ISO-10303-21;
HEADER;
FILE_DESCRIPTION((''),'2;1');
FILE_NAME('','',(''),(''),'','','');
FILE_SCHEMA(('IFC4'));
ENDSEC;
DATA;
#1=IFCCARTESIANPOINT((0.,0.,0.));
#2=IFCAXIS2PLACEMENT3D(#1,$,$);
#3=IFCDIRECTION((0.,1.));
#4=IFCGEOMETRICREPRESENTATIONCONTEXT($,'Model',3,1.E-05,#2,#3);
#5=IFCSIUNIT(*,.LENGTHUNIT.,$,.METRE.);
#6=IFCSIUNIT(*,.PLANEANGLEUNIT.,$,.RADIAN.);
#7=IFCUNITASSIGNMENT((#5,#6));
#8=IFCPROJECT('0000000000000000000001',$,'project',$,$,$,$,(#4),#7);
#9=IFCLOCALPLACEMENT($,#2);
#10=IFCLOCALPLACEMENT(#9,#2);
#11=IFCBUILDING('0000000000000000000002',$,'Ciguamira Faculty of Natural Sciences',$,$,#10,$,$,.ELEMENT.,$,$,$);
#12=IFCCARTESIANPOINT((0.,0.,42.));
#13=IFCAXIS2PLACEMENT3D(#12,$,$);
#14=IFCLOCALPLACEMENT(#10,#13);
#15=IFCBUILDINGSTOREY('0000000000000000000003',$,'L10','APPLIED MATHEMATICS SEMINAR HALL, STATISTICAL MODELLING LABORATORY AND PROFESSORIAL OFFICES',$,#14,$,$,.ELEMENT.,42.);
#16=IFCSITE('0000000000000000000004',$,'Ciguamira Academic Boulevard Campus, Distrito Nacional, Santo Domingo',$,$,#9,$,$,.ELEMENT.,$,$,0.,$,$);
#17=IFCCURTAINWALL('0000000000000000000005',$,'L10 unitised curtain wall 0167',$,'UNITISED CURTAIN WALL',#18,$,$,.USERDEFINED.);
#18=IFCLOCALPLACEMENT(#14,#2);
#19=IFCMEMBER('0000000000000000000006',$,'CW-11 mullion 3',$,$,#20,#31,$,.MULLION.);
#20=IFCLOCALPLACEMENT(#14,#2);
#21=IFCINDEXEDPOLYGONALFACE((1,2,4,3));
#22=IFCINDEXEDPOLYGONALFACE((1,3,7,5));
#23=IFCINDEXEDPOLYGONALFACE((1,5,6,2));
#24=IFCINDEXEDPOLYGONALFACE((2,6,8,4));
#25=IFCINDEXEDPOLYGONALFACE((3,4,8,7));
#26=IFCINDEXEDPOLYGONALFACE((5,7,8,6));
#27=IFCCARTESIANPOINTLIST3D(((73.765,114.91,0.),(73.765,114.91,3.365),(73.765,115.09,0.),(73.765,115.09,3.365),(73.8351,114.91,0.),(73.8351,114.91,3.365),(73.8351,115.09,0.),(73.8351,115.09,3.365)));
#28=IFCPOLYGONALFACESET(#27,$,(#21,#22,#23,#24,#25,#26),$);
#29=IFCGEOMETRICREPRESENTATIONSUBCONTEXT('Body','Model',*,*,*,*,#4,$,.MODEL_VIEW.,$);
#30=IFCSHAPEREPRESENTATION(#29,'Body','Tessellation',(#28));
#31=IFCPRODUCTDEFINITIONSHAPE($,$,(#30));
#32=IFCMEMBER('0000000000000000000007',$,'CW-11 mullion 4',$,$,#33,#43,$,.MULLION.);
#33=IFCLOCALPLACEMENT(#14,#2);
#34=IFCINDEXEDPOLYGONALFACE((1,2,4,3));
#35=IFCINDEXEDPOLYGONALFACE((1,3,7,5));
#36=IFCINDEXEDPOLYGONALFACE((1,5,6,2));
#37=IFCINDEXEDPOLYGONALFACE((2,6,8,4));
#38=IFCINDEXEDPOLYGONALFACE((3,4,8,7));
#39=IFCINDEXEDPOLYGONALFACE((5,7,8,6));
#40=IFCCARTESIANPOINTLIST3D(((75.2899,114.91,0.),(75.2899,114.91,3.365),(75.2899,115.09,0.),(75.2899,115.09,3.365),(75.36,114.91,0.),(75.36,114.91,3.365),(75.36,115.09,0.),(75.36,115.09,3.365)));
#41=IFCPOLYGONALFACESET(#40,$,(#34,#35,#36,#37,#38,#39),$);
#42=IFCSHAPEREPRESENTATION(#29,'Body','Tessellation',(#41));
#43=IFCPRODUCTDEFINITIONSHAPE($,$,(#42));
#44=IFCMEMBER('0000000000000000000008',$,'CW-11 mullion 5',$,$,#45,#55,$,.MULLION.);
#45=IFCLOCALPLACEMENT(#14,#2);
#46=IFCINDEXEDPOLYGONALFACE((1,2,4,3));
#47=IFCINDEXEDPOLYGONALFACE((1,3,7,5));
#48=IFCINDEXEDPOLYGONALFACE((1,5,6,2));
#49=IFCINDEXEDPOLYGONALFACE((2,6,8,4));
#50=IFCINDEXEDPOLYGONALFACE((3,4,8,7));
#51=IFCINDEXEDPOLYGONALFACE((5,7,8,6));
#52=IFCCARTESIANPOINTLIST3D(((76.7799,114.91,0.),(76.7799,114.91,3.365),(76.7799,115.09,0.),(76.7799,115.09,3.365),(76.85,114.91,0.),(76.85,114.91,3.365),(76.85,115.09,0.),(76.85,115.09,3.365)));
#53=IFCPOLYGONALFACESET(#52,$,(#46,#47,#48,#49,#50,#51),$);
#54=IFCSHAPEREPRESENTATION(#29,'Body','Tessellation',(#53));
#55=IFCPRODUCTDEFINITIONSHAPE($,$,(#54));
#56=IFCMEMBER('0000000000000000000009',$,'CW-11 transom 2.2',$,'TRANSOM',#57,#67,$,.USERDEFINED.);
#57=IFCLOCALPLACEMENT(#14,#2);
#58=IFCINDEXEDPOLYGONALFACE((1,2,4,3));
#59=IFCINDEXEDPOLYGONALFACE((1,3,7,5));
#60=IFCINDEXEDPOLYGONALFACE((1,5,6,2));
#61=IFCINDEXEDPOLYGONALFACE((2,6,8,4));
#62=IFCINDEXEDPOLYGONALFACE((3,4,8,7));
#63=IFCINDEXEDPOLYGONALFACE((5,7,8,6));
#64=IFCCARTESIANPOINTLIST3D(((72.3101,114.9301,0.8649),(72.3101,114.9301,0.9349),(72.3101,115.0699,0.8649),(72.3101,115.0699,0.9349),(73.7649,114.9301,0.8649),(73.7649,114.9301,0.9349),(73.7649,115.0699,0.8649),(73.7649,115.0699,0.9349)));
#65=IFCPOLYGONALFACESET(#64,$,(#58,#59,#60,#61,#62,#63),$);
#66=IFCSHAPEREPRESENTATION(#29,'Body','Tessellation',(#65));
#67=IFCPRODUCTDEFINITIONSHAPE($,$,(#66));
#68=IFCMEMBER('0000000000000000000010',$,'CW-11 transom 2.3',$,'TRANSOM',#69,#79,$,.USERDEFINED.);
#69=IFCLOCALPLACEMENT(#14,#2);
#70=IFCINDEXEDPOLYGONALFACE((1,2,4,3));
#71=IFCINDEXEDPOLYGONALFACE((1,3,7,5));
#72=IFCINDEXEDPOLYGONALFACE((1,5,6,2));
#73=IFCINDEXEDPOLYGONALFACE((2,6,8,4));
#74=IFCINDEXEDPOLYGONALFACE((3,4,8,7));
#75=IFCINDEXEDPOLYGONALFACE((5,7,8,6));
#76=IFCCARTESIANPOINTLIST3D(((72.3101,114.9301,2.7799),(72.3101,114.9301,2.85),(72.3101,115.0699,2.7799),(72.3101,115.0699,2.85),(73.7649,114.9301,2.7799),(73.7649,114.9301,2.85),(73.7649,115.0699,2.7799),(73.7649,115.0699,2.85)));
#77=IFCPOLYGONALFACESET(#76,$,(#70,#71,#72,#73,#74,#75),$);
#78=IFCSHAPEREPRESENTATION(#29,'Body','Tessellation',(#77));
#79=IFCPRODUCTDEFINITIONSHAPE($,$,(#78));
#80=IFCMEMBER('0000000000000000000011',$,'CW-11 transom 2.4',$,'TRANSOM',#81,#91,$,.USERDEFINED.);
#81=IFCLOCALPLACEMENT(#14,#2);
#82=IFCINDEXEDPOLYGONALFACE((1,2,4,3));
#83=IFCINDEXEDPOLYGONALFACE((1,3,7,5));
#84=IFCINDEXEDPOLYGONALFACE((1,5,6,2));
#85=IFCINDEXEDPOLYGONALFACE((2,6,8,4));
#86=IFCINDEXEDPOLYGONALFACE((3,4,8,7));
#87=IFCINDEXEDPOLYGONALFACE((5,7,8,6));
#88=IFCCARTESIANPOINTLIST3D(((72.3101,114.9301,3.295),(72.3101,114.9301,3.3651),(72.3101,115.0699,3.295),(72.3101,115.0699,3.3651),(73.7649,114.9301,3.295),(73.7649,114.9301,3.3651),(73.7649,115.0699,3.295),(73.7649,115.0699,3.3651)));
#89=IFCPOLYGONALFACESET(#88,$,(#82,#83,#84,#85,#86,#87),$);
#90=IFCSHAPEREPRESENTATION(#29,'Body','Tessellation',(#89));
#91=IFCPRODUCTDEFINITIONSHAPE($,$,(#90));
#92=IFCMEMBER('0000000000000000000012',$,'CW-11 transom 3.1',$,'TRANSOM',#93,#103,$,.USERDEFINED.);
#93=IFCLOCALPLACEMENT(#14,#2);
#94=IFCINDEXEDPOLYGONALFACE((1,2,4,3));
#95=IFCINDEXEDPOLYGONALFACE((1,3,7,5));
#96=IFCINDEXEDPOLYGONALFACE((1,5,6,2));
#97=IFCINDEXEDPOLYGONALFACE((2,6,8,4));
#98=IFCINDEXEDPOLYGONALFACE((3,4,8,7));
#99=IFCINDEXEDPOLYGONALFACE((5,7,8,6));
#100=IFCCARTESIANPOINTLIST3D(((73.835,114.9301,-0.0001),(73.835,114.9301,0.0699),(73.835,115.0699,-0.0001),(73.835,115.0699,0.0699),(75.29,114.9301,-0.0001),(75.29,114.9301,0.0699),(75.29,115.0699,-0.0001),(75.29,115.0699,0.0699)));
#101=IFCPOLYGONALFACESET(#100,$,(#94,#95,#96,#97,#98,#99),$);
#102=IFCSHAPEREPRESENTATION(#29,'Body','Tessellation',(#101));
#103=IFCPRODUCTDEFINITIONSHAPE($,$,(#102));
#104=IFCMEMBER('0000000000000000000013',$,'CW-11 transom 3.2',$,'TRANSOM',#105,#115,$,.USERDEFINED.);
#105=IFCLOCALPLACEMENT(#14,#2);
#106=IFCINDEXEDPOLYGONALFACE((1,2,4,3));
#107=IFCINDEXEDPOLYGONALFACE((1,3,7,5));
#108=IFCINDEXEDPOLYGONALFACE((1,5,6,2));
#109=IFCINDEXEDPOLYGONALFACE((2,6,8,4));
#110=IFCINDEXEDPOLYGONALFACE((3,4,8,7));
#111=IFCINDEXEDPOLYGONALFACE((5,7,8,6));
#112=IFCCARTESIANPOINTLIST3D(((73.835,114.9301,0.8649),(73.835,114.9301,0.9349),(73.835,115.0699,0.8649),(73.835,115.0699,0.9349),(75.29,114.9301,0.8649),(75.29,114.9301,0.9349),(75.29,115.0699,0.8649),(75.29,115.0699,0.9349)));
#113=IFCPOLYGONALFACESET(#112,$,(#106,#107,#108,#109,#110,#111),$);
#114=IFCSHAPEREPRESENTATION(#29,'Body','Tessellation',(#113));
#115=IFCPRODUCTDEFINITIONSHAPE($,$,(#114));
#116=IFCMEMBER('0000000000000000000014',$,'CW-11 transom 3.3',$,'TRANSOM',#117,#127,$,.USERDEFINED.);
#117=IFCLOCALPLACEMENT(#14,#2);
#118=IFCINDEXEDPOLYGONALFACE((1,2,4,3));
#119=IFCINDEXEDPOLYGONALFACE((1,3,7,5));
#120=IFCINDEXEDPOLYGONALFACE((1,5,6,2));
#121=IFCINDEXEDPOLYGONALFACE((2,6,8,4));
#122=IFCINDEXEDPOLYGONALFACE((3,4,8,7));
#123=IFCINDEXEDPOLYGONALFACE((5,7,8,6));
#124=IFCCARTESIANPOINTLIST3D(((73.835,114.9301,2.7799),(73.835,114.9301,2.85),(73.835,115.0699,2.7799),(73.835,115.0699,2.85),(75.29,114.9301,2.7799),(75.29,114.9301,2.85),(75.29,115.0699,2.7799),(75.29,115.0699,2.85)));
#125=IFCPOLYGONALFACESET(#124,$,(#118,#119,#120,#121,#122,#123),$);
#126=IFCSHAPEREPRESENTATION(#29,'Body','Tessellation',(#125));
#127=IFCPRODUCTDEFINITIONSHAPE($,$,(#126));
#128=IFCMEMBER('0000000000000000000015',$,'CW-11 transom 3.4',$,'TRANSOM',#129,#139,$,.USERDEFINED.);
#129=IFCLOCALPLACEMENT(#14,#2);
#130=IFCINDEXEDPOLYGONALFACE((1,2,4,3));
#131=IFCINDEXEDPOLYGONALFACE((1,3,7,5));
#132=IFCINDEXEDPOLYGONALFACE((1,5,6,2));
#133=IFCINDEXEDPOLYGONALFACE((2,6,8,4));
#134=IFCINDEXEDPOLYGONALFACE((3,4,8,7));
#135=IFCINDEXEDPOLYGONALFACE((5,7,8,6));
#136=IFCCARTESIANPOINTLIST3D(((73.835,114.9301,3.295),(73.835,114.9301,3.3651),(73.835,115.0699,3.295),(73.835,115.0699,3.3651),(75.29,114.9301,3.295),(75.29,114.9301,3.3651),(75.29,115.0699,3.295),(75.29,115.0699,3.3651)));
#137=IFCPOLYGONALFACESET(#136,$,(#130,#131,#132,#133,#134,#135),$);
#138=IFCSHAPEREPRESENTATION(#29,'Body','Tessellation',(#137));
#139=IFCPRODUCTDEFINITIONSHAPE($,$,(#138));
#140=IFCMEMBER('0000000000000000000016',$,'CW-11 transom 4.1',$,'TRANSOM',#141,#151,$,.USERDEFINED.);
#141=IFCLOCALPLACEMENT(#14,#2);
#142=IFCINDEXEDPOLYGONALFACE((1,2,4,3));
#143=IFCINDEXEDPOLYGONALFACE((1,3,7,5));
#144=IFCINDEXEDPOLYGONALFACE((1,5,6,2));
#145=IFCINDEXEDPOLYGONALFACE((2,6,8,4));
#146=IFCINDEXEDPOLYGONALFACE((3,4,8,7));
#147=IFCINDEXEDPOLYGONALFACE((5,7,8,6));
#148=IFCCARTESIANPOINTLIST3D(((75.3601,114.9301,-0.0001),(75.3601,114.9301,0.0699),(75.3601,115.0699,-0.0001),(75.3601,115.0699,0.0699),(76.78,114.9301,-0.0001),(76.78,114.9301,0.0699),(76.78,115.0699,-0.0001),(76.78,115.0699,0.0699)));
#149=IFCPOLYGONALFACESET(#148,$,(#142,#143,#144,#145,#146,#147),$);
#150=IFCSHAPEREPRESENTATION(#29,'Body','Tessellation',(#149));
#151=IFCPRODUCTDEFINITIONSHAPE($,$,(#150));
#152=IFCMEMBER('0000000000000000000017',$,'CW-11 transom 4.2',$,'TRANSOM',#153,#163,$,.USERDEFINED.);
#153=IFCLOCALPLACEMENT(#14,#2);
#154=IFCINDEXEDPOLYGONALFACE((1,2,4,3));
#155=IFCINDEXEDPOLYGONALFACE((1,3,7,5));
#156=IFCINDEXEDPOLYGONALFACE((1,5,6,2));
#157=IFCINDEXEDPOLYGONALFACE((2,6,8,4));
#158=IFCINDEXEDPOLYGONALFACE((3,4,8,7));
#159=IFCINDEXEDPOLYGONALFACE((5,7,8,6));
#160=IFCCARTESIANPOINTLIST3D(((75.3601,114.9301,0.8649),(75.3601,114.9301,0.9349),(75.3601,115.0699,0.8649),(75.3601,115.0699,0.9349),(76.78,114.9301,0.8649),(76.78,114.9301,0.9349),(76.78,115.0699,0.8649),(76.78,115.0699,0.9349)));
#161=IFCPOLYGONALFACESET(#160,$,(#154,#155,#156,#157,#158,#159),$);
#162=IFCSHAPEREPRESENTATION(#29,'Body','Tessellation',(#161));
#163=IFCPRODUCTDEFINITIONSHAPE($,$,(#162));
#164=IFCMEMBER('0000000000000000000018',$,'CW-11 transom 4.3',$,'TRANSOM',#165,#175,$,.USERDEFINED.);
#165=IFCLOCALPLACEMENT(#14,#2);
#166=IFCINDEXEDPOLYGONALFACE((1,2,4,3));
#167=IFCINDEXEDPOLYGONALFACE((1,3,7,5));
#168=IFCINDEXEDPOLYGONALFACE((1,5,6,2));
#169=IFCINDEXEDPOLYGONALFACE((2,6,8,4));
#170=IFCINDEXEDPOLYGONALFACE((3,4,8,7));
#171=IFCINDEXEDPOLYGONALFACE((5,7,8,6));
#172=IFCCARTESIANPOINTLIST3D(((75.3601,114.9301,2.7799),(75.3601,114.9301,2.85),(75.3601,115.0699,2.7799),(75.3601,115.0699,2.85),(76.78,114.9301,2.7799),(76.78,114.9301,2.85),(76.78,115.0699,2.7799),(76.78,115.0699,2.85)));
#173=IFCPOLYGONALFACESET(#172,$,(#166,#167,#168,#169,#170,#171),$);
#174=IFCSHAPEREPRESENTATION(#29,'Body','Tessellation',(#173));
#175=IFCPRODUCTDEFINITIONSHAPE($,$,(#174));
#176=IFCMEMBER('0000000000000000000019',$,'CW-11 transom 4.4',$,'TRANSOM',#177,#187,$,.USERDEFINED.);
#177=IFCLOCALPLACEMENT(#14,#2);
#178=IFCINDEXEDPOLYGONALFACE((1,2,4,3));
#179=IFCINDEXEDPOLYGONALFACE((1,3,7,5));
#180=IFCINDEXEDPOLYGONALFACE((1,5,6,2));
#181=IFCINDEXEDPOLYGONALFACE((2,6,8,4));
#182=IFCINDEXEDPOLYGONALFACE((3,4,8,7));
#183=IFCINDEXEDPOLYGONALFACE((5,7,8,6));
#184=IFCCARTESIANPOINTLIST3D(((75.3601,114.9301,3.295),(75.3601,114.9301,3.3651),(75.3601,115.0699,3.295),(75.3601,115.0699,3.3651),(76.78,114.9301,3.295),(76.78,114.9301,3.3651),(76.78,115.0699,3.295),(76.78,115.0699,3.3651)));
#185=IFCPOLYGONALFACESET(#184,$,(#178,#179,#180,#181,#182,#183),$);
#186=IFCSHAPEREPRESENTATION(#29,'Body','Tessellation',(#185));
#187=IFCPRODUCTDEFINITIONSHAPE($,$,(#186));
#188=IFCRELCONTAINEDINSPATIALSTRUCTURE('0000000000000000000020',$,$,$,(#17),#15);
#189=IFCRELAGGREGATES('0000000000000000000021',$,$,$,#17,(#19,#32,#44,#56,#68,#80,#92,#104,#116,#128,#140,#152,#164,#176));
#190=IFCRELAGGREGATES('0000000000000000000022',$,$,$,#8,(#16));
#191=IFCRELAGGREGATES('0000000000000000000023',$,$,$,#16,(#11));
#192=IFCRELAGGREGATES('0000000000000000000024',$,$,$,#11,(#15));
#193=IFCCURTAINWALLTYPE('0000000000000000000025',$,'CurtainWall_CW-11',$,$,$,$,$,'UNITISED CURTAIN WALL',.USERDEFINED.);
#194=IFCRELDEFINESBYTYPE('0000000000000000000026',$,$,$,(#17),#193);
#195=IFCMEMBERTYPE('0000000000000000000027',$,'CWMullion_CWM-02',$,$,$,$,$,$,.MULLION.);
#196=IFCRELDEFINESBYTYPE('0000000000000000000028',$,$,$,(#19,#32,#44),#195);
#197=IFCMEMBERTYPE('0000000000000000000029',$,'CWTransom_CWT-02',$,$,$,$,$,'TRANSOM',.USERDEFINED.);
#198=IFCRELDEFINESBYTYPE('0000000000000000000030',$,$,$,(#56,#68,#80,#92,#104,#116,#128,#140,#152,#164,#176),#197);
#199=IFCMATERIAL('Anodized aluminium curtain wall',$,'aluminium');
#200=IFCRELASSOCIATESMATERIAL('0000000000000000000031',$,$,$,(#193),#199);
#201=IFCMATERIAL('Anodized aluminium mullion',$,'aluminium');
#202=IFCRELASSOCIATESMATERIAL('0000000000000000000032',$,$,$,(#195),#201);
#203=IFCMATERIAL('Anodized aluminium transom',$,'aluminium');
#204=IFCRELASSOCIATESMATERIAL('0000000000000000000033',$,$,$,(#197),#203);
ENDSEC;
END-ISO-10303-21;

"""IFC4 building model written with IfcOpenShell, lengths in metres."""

from ifc_helpers import new_model, si_unit, direction, frame, origin, origin_2d, place, context, subcontext, project, spatial, rectangle, extrude, material, material_profile, profile_set, type_object, element, aggregate, save


model = new_model("IFC4")

# Units and contexts
model_context = context("Model", 3, precision=1e-05, world=origin(), true_north=direction((0.0, 1.0)))
body_context = subcontext(model_context, "Body", "Model", "MODEL_VIEW")
ifc_project = project(units=[si_unit("LENGTHUNIT", "METRE"), si_unit("PLANEANGLEUNIT", "RADIAN")], contexts=[model_context])

# Site, building, storey
site_placement = place(None, origin())
site = spatial("IfcSite", under=ifc_project, at=site_placement, Name="Ciguamira Academic Boulevard Campus, Distrito Nacional, Santo Domingo", CompositionType="ELEMENT", RefElevation=0.0)
building_placement = place(site_placement, origin())
building = spatial("IfcBuilding", under=site, at=building_placement, Name="Ciguamira Faculty of Natural Sciences", CompositionType="ELEMENT")
storey_placement = place(building_placement, frame((0.0, 0.0, 42.0)))
storey = spatial("IfcBuildingStorey", under=building, at=storey_placement, Name="L10", Description="APPLIED MATHEMATICS SEMINAR HALL, STATISTICAL MODELLING LABORATORY AND PROFESSORIAL OFFICES", CompositionType="ELEMENT", Elevation=42.0)

# Curtain wall, members
ifc_material_1 = material(Name="Anodized aluminium curtain wall", Category="aluminium")
curtain_wall_type = type_object("IfcCurtainWallType", Name="CurtainWall_CW-11", ElementType="UNITISED CURTAIN WALL", PredefinedType="USERDEFINED", material=ifc_material_1)
curtain_wall_placement = place(storey_placement, origin())
curtain_wall = element("IfcCurtainWall", 1, at=curtain_wall_placement, inside=storey, type_object=curtain_wall_type, Name="L10 unitised curtain wall 0167", ObjectType="UNITISED CURTAIN WALL", PredefinedType="USERDEFINED")
ifc_material_2 = material(Name="Anodized aluminium mullion", Category="aluminium")
ifc_material_profile_1 = material_profile(ifc_material_2, rectangle(XDim=0.0701, YDim=0.1799, at=origin_2d()), Name="ALU-MUL-70X180")
ifc_profile_set_1 = profile_set([ifc_material_profile_1], Name="Anodized aluminium mullion")
member_type_1 = type_object("IfcMemberType", Name="CWMullion_CWM-02", PredefinedType="MULLION", material=ifc_profile_set_1)
member_1_placement = place(storey_placement, frame((73.8, 115.0, 0.0), z_axis=(0.0, 0.0, 1.0), x_axis=(1.0, 0.0, 0.0)))
member_1 = element("IfcMember", 2, at=member_1_placement, type_object=member_type_1, Name="CW-11 mullion 3", PredefinedType="MULLION", context=body_context, shape_type="SweptSolid", body=[
    extrude(rectangle(XDim=0.0701, YDim=0.1799, at=origin_2d()), origin(), (0.0, 0.0, 1.0), 3.365),
])
member_2_placement = place(storey_placement, frame((75.325, 115.0, 0.0), z_axis=(0.0, 0.0, 1.0), x_axis=(1.0, 0.0, 0.0)))
member_2 = element("IfcMember", 3, at=member_2_placement, type_object=member_type_1, Name="CW-11 mullion 4", PredefinedType="MULLION", context=body_context, shape_type="SweptSolid", body=[
    extrude(rectangle(XDim=0.0701, YDim=0.1799, at=origin_2d()), origin(), (0.0, 0.0, 1.0), 3.365),
])
member_3_placement = place(storey_placement, frame((76.8149, 115.0, 0.0), z_axis=(0.0, 0.0, 1.0), x_axis=(1.0, 0.0, 0.0)))
member_3 = element("IfcMember", 4, at=member_3_placement, type_object=member_type_1, Name="CW-11 mullion 5", PredefinedType="MULLION", context=body_context, shape_type="SweptSolid", body=[
    extrude(rectangle(XDim=0.0701, YDim=0.1799, at=origin_2d()), origin(), (0.0, 0.0, 1.0), 3.365),
])
ifc_material_3 = material(Name="Anodized aluminium transom", Category="aluminium")
ifc_material_profile_2 = material_profile(ifc_material_3, rectangle(XDim=0.0701, YDim=0.1399, at=origin_2d()), Name="ALU-TRN-70X140")
ifc_profile_set_2 = profile_set([ifc_material_profile_2], Name="Anodized aluminium transom")
member_type_2 = type_object("IfcMemberType", Name="CWTransom_CWT-02", ElementType="TRANSOM", PredefinedType="USERDEFINED", material=ifc_profile_set_2)
member_4_placement = place(storey_placement, frame((72.3101, 115.0, 0.8999), z_axis=(1.0, 0.0, 0.0), x_axis=(0.0, 0.0, 1.0)))
member_4 = element("IfcMember", 5, at=member_4_placement, type_object=member_type_2, Name="CW-11 transom 2.2", ObjectType="TRANSOM", PredefinedType="USERDEFINED", context=body_context, shape_type="SweptSolid", body=[
    extrude(rectangle(XDim=0.0701, YDim=0.1399, at=origin_2d()), origin(), (0.0, 0.0, 1.0), 1.4548),
])
member_5_placement = place(storey_placement, frame((72.3101, 115.0, 2.8149), z_axis=(1.0, 0.0, 0.0), x_axis=(0.0, 0.0, 1.0)))
member_5 = element("IfcMember", 6, at=member_5_placement, type_object=member_type_2, Name="CW-11 transom 2.3", ObjectType="TRANSOM", PredefinedType="USERDEFINED", context=body_context, shape_type="SweptSolid", body=[
    extrude(rectangle(XDim=0.0701, YDim=0.1399, at=origin_2d()), origin(), (0.0, 0.0, 1.0), 1.4548),
])
member_6_placement = place(storey_placement, frame((72.3101, 115.0, 3.3301), z_axis=(1.0, 0.0, 0.0), x_axis=(0.0, 0.0, 1.0)))
member_6 = element("IfcMember", 7, at=member_6_placement, type_object=member_type_2, Name="CW-11 transom 2.4", ObjectType="TRANSOM", PredefinedType="USERDEFINED", context=body_context, shape_type="SweptSolid", body=[
    extrude(rectangle(XDim=0.0701, YDim=0.1399, at=origin_2d()), origin(), (0.0, 0.0, 1.0), 1.4548),
])
member_7_placement = place(storey_placement, frame((73.835, 115.0, 0.0349), z_axis=(1.0, 0.0, 0.0), x_axis=(0.0, 0.0, 1.0)))
member_7 = element("IfcMember", 8, at=member_7_placement, type_object=member_type_2, Name="CW-11 transom 3.1", ObjectType="TRANSOM", PredefinedType="USERDEFINED", context=body_context, shape_type="SweptSolid", body=[
    extrude(rectangle(XDim=0.0701, YDim=0.1399, at=origin_2d()), origin(), (0.0, 0.0, 1.0), 1.4551),
])
member_8_placement = place(storey_placement, frame((73.835, 115.0, 0.8999), z_axis=(1.0, 0.0, 0.0), x_axis=(0.0, 0.0, 1.0)))
member_8 = element("IfcMember", 9, at=member_8_placement, type_object=member_type_2, Name="CW-11 transom 3.2", ObjectType="TRANSOM", PredefinedType="USERDEFINED", context=body_context, shape_type="SweptSolid", body=[
    extrude(rectangle(XDim=0.0701, YDim=0.1399, at=origin_2d()), origin(), (0.0, 0.0, 1.0), 1.4551),
])
member_9_placement = place(storey_placement, frame((73.835, 115.0, 2.8149), z_axis=(1.0, 0.0, 0.0), x_axis=(0.0, 0.0, 1.0)))
member_9 = element("IfcMember", 10, at=member_9_placement, type_object=member_type_2, Name="CW-11 transom 3.3", ObjectType="TRANSOM", PredefinedType="USERDEFINED", context=body_context, shape_type="SweptSolid", body=[
    extrude(rectangle(XDim=0.0701, YDim=0.1399, at=origin_2d()), origin(), (0.0, 0.0, 1.0), 1.4551),
])
member_10_placement = place(storey_placement, frame((73.835, 115.0, 3.3301), z_axis=(1.0, 0.0, 0.0), x_axis=(0.0, 0.0, 1.0)))
member_10 = element("IfcMember", 11, at=member_10_placement, type_object=member_type_2, Name="CW-11 transom 3.4", ObjectType="TRANSOM", PredefinedType="USERDEFINED", context=body_context, shape_type="SweptSolid", body=[
    extrude(rectangle(XDim=0.0701, YDim=0.1399, at=origin_2d()), origin(), (0.0, 0.0, 1.0), 1.4551),
])
member_11_placement = place(storey_placement, frame((75.3601, 115.0, 0.0349), z_axis=(1.0, 0.0, 0.0), x_axis=(0.0, 0.0, 1.0)))
member_11 = element("IfcMember", 12, at=member_11_placement, type_object=member_type_2, Name="CW-11 transom 4.1", ObjectType="TRANSOM", PredefinedType="USERDEFINED", context=body_context, shape_type="SweptSolid", body=[
    extrude(rectangle(XDim=0.0701, YDim=0.1399, at=origin_2d()), origin(), (0.0, 0.0, 1.0), 1.4199),
])
member_12_placement = place(storey_placement, frame((75.3601, 115.0, 0.8999), z_axis=(1.0, 0.0, 0.0), x_axis=(0.0, 0.0, 1.0)))
member_12 = element("IfcMember", 13, at=member_12_placement, type_object=member_type_2, Name="CW-11 transom 4.2", ObjectType="TRANSOM", PredefinedType="USERDEFINED", context=body_context, shape_type="SweptSolid", body=[
    extrude(rectangle(XDim=0.0701, YDim=0.1399, at=origin_2d()), origin(), (0.0, 0.0, 1.0), 1.4199),
])
member_13_placement = place(storey_placement, frame((75.3601, 115.0, 2.8149), z_axis=(1.0, 0.0, 0.0), x_axis=(0.0, 0.0, 1.0)))
member_13 = element("IfcMember", 14, at=member_13_placement, type_object=member_type_2, Name="CW-11 transom 4.3", ObjectType="TRANSOM", PredefinedType="USERDEFINED", context=body_context, shape_type="SweptSolid", body=[
    extrude(rectangle(XDim=0.0701, YDim=0.1399, at=origin_2d()), origin(), (0.0, 0.0, 1.0), 1.4199),
])
member_14_placement = place(storey_placement, frame((75.3601, 115.0, 3.3301), z_axis=(1.0, 0.0, 0.0), x_axis=(0.0, 0.0, 1.0)))
member_14 = element("IfcMember", 15, at=member_14_placement, type_object=member_type_2, Name="CW-11 transom 4.4", ObjectType="TRANSOM", PredefinedType="USERDEFINED", context=body_context, shape_type="SweptSolid", body=[
    extrude(rectangle(XDim=0.0701, YDim=0.1399, at=origin_2d()), origin(), (0.0, 0.0, 1.0), 1.4199),
])
aggregate(curtain_wall, [member_1, member_2, member_3, member_4, member_5, member_6, member_7, member_8, member_9, member_10, member_11, member_12, member_13, member_14])

save(model, "model.ifc")
